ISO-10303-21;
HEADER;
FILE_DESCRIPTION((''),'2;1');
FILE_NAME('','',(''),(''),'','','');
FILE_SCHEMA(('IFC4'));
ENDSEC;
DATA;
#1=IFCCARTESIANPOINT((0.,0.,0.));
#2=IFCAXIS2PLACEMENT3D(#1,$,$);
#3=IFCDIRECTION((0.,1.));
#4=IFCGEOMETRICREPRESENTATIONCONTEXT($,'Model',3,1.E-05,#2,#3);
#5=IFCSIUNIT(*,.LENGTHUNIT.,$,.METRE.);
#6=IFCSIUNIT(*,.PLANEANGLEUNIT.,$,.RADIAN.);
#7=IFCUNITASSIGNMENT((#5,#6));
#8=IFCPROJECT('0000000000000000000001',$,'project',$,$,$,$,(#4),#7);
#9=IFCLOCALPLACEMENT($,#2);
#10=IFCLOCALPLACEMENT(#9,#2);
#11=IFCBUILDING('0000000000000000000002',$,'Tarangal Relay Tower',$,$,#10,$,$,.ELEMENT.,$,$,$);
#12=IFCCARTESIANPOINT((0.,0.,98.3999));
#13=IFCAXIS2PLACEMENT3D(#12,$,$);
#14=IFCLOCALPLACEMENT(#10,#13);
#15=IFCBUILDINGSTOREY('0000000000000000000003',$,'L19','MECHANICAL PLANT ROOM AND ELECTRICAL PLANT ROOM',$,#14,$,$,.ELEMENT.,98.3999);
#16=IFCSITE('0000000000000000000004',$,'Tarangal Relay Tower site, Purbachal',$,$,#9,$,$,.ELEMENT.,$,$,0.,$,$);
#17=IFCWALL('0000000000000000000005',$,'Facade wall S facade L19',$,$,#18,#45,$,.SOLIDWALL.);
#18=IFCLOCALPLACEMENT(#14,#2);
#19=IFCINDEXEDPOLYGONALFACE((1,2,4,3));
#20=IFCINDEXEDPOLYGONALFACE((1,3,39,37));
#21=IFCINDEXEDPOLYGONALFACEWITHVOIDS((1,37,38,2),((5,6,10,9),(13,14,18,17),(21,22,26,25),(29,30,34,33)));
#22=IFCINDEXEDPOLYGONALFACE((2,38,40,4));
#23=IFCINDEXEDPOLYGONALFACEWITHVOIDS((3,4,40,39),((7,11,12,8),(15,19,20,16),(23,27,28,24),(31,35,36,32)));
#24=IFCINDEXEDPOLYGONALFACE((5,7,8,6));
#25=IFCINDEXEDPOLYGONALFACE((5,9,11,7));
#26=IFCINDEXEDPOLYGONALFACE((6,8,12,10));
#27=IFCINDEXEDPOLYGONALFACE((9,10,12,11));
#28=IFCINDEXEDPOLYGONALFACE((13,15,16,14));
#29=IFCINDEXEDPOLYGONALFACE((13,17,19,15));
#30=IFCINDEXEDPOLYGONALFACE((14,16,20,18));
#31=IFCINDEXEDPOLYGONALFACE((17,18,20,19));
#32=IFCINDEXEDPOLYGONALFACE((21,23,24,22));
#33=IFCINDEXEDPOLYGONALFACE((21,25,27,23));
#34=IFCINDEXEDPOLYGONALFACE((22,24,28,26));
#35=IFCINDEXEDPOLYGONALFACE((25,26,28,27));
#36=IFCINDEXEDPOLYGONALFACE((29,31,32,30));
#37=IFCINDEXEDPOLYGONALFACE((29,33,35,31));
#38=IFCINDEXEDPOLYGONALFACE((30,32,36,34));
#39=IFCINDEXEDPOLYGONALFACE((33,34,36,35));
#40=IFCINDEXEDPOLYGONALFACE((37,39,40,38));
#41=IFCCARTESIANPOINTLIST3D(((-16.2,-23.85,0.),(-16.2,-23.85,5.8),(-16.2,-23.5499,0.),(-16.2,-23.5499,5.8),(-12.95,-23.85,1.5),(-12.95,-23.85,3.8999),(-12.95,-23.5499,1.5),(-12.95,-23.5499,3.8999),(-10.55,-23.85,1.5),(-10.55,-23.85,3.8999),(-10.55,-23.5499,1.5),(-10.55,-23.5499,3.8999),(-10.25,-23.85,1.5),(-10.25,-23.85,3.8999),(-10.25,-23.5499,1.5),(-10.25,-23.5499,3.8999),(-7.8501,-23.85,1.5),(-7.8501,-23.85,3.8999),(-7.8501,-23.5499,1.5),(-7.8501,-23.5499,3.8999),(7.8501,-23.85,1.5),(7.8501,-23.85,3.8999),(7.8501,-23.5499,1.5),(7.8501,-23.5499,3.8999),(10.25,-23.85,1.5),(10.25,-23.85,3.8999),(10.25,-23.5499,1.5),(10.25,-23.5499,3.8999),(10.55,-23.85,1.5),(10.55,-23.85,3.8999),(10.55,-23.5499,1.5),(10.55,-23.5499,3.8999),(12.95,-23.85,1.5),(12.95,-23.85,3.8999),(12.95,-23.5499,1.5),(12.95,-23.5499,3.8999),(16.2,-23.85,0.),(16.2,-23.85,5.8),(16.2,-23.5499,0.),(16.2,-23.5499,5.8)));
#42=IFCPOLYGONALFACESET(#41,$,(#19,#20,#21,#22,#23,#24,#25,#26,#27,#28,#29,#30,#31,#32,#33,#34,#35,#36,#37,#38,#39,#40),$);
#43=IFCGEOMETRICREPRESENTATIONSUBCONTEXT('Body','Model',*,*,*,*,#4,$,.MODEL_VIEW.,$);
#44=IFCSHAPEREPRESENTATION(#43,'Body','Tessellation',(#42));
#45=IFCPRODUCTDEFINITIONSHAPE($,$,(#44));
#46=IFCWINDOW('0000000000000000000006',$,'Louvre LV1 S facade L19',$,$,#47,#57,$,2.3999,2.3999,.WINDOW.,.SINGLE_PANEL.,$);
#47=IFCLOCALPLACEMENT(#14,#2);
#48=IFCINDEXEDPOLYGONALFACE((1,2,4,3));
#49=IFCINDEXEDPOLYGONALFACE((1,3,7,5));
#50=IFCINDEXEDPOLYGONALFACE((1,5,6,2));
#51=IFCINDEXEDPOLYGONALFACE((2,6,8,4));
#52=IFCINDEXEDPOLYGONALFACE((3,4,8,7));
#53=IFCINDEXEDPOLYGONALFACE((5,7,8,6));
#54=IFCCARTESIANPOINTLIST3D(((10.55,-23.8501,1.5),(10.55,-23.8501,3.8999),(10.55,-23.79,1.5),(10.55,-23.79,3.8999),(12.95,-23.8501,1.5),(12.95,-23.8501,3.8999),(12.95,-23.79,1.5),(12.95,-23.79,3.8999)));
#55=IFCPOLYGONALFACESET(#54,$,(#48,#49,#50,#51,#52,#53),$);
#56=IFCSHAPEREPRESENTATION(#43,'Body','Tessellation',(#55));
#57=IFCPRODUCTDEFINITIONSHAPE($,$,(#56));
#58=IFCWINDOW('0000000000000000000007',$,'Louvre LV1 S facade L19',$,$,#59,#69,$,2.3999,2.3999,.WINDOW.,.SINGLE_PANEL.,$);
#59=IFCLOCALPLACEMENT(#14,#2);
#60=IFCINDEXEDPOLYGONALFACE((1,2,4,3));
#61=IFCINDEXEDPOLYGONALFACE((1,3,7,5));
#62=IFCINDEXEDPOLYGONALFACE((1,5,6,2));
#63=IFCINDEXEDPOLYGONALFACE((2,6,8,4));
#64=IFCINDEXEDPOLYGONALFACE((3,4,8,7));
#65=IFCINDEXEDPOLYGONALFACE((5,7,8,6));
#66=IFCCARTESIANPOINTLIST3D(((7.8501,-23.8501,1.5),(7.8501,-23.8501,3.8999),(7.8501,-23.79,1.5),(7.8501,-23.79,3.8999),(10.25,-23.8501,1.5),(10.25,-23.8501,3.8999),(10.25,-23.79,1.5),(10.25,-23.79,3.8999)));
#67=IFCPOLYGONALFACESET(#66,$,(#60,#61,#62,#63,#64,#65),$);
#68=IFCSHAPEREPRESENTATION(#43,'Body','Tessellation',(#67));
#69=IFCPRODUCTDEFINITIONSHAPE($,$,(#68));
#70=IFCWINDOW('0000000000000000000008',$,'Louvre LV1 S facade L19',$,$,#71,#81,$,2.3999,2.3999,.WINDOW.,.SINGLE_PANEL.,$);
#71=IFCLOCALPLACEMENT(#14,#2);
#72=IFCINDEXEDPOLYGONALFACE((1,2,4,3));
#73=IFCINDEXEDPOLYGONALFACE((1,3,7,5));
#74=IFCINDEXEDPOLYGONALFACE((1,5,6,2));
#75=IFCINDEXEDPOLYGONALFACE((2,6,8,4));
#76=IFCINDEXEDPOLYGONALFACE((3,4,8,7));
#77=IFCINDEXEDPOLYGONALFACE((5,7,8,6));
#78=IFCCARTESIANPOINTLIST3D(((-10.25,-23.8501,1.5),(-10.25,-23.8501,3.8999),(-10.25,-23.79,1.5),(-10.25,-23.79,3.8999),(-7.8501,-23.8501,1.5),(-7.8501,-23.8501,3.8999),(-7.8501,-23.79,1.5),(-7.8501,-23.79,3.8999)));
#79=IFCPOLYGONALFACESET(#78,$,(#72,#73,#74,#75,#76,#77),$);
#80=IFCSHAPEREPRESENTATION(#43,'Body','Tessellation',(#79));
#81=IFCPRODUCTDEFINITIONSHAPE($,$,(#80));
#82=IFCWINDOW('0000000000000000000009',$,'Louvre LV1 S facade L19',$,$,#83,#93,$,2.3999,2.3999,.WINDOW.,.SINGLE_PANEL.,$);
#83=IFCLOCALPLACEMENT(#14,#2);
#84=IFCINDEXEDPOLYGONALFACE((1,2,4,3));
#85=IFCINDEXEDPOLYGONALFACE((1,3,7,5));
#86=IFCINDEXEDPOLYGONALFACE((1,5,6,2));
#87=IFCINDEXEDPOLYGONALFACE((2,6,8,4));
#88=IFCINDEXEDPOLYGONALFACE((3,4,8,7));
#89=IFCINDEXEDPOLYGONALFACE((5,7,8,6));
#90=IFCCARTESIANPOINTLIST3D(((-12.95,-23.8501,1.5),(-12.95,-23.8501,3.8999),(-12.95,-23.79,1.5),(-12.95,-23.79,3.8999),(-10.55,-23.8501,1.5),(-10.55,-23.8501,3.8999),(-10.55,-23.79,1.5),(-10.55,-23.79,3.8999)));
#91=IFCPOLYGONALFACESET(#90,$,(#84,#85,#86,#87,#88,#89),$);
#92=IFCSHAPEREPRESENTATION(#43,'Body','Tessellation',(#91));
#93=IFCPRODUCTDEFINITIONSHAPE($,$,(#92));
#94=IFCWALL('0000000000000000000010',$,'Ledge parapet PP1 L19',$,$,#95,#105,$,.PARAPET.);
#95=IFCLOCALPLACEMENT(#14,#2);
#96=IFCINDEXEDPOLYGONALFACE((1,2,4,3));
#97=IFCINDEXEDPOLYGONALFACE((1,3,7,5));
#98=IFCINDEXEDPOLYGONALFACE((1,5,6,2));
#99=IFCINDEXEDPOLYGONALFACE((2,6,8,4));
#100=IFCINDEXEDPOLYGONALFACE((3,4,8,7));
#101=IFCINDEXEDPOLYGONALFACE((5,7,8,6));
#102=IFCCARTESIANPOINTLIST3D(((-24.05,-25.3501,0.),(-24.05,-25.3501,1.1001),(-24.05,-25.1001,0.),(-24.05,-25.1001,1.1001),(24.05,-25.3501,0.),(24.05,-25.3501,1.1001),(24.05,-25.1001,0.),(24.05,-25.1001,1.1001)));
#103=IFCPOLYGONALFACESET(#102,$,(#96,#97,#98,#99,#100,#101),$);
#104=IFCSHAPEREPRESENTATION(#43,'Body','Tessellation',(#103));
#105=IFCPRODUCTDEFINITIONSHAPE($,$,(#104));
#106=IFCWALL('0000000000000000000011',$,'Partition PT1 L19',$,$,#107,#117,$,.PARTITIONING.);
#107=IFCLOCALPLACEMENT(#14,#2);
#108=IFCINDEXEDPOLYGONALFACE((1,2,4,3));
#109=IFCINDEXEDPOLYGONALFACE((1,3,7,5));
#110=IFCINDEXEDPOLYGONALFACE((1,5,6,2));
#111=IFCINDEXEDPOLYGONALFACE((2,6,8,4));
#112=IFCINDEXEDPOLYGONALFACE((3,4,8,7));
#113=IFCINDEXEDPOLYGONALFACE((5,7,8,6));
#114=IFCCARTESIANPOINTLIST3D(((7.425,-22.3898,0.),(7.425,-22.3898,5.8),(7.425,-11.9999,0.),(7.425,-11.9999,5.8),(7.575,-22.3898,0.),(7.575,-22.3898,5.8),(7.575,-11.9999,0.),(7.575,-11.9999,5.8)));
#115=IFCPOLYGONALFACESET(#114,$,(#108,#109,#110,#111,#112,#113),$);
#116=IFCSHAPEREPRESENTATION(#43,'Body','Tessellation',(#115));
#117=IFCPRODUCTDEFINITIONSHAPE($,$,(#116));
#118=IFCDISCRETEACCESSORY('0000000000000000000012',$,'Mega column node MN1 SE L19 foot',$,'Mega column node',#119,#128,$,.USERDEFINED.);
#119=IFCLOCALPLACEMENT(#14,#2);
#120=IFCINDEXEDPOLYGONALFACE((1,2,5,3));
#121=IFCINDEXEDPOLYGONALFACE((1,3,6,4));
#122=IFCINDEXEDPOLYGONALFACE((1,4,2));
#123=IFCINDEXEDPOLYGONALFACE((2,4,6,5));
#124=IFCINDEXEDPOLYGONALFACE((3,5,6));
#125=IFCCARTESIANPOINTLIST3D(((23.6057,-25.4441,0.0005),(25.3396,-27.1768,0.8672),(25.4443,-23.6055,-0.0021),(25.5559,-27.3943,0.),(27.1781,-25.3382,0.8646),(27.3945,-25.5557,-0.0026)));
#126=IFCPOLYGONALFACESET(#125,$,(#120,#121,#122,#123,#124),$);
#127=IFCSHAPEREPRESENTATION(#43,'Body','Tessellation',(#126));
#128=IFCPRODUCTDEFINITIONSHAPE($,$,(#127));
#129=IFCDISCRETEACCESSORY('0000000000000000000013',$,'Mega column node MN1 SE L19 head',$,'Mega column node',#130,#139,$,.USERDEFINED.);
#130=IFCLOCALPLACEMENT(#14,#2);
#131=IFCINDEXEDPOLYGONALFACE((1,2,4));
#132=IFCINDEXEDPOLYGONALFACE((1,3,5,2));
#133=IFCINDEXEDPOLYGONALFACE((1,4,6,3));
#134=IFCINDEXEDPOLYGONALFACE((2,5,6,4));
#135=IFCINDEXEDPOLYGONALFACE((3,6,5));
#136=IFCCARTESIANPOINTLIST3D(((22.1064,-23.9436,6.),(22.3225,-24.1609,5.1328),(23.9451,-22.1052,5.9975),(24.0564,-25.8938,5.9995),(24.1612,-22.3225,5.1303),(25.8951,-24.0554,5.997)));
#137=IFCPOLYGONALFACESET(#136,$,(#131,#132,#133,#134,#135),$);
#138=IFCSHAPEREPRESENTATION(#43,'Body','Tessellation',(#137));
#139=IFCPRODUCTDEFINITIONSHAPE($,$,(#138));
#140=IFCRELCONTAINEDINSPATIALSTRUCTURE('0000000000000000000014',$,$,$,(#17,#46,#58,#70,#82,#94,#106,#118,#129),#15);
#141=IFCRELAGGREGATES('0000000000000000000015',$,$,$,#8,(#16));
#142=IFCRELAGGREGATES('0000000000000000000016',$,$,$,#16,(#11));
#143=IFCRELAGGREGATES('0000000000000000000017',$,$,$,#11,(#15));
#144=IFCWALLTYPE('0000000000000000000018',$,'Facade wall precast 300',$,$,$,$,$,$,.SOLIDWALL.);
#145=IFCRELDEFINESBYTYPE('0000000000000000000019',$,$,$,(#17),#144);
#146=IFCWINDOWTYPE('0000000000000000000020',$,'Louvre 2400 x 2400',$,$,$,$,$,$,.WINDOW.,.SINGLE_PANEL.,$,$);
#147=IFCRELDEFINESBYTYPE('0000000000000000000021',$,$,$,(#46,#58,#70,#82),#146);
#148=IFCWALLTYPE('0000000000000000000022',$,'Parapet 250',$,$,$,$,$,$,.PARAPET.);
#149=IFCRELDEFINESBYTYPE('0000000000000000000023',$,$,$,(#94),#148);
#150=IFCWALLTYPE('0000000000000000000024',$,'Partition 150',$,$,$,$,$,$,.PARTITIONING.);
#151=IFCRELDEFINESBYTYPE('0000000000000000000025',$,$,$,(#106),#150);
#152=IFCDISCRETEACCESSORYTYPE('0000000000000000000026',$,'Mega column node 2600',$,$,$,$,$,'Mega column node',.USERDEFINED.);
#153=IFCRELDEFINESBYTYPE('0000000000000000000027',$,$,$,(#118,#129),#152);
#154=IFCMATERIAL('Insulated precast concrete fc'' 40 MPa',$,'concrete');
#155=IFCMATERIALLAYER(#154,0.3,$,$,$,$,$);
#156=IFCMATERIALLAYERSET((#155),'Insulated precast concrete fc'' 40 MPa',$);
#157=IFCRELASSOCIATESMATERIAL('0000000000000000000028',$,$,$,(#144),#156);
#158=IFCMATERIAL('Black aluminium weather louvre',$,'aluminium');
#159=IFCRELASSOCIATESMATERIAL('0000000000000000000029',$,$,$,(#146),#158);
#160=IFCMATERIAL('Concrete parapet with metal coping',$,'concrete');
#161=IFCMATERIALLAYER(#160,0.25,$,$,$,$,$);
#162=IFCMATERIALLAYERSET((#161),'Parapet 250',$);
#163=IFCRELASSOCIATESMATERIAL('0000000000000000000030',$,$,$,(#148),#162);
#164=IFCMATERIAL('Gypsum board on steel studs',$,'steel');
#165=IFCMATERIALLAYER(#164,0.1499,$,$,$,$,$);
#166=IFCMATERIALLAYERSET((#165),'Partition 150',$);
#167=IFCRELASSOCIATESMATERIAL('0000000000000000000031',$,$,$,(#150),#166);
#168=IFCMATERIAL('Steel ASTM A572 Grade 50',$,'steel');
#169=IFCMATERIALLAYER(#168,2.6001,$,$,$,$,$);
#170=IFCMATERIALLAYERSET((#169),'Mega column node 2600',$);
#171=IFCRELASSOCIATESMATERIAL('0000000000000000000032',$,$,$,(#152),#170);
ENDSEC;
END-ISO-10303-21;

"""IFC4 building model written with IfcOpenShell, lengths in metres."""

from ifc_helpers import new_model, si_unit, direction, frame, frame_2d, origin, place, context, subcontext, project, spatial, polyline, rectangle, outline, extrude, material, layer, layer_set, type_object, element, fill, save


model = new_model("IFC4")

# Units and contexts
model_context = context("Model", 3, precision=1e-05, world=origin(), true_north=direction((0.0, 1.0)))
body_context = subcontext(model_context, "Body", "Model", "MODEL_VIEW")
ifc_project = project(units=[si_unit("LENGTHUNIT", "METRE"), si_unit("PLANEANGLEUNIT", "RADIAN")], contexts=[model_context])

# Site, building, storey
site_placement = place(None, origin())
site = spatial("IfcSite", under=ifc_project, at=site_placement, Name="Tarangal Relay Tower site, Purbachal", CompositionType="ELEMENT", RefElevation=0.0)
building_placement = place(site_placement, origin())
building = spatial("IfcBuilding", under=site, at=building_placement, Name="Tarangal Relay Tower", CompositionType="ELEMENT")
storey_placement = place(building_placement, frame((0.0, 0.0, 98.3999)))
storey = spatial("IfcBuildingStorey", under=building, at=storey_placement, Name="L19", Description="MECHANICAL PLANT ROOM AND ELECTRICAL PLANT ROOM", CompositionType="ELEMENT", Elevation=98.3999)

# Shared definitions
ifc_material_1 = material(Name="Steel ASTM A572 Grade 50", Category="steel")

# Shared definitions
ifc_material_2 = material(Name="Insulated precast concrete fc' 40 MPa", Category="concrete")
ifc_layer_1 = layer(ifc_material_2, 0.3)
ifc_layer_set_1 = layer_set([ifc_layer_1], Name="Insulated precast concrete fc' 40 MPa")
wall_type_1 = type_object("IfcWallType", Name="Facade wall precast 300", PredefinedType="SOLIDWALL", material=ifc_layer_set_1)

# Wall, openings, windows
wall_1_placement = place(storey_placement, frame((16.2, -23.7, 0.0), z_axis=(0.0, 0.0, 1.0), x_axis=(-1.0, 0.0, 0.0)))
wall_1 = element("IfcWall", 1, at=wall_1_placement, inside=storey, type_object=wall_type_1, Name="Facade wall S facade L19", PredefinedType="SOLIDWALL", context=body_context, shape_type="SweptSolid", body=[
    extrude(rectangle(XDim=32.3999, YDim=0.3, at=frame_2d((16.2, 0.0))), origin(), (0.0, 0.0, 1.0), 5.8),
])
opening_1_placement = place(wall_1_placement, frame((3.25, 0.0, 1.5)))
opening_1 = element("IfcOpeningElement", 2, at=opening_1_placement, cuts=wall_1, PredefinedType="OPENING", context=body_context, shape_type="SweptSolid", body=[
    extrude(rectangle(XDim=2.3999, YDim=2.3999, at=frame_2d((1.2, 1.2))), frame((0.0, 0.1599, 0.0), z_axis=(0.0, -1.0, 0.0), x_axis=(1.0, 0.0, 0.0)), (0.0, 0.0, 1.0), 0.3201),
])
opening_2_placement = place(wall_1_placement, frame((5.95, 0.0, 1.5)))
opening_2 = element("IfcOpeningElement", 3, at=opening_2_placement, cuts=wall_1, PredefinedType="OPENING", context=body_context, shape_type="SweptSolid", body=[
    extrude(rectangle(XDim=2.3999, YDim=2.3999, at=frame_2d((1.2, 1.2))), frame((0.0, 0.1599, 0.0), z_axis=(0.0, -1.0, 0.0), x_axis=(1.0, 0.0, 0.0)), (0.0, 0.0, 1.0), 0.3201),
])
opening_3_placement = place(wall_1_placement, frame((24.05, 0.0, 1.5)))
opening_3 = element("IfcOpeningElement", 4, at=opening_3_placement, cuts=wall_1, PredefinedType="OPENING", context=body_context, shape_type="SweptSolid", body=[
    extrude(rectangle(XDim=2.3999, YDim=2.3999, at=frame_2d((1.2, 1.2))), frame((0.0, 0.1599, 0.0), z_axis=(0.0, -1.0, 0.0), x_axis=(1.0, 0.0, 0.0)), (0.0, 0.0, 1.0), 0.3201),
])
opening_4_placement = place(wall_1_placement, frame((26.75, 0.0, 1.5)))
opening_4 = element("IfcOpeningElement", 5, at=opening_4_placement, cuts=wall_1, PredefinedType="OPENING", context=body_context, shape_type="SweptSolid", body=[
    extrude(rectangle(XDim=2.3999, YDim=2.3999, at=frame_2d((1.2, 1.2))), frame((0.0, 0.1599, 0.0), z_axis=(0.0, -1.0, 0.0), x_axis=(1.0, 0.0, 0.0)), (0.0, 0.0, 1.0), 0.3201),
])
ifc_material_3 = material(Name="Black aluminium weather louvre", Category="aluminium")
window_type = type_object("IfcWindowType", Name="Louvre 2400 x 2400", PartitioningType="SINGLE_PANEL", PredefinedType="WINDOW", material=ifc_material_3)
window_1_placement = place(opening_1_placement, origin())
window_1 = element("IfcWindow", 6, at=window_1_placement, inside=storey, type_object=window_type, Name="Louvre LV1 S facade L19", OverallHeight=2.3999, OverallWidth=2.3999, PartitioningType="SINGLE_PANEL", PredefinedType="WINDOW", context=body_context, shape_type="SweptSolid", body=[
    extrude(rectangle(XDim=2.3999, YDim=2.3999, at=frame_2d((1.2, 1.2))), frame((0.0, 0.1501, 0.0), z_axis=(0.0, -1.0, 0.0), x_axis=(1.0, 0.0, 0.0)), (0.0, 0.0, 1.0), 0.0601),
])
fill(opening_1, window_1)
window_2_placement = place(opening_2_placement, origin())
window_2 = element("IfcWindow", 7, at=window_2_placement, inside=storey, type_object=window_type, Name="Louvre LV1 S facade L19", OverallHeight=2.3999, OverallWidth=2.3999, PartitioningType="SINGLE_PANEL", PredefinedType="WINDOW", context=body_context, shape_type="SweptSolid", body=[
    extrude(rectangle(XDim=2.3999, YDim=2.3999, at=frame_2d((1.2, 1.2))), frame((0.0, 0.1501, 0.0), z_axis=(0.0, -1.0, 0.0), x_axis=(1.0, 0.0, 0.0)), (0.0, 0.0, 1.0), 0.0601),
])
fill(opening_2, window_2)
window_3_placement = place(opening_3_placement, origin())
window_3 = element("IfcWindow", 8, at=window_3_placement, inside=storey, type_object=window_type, Name="Louvre LV1 S facade L19", OverallHeight=2.3999, OverallWidth=2.3999, PartitioningType="SINGLE_PANEL", PredefinedType="WINDOW", context=body_context, shape_type="SweptSolid", body=[
    extrude(rectangle(XDim=2.3999, YDim=2.3999, at=frame_2d((1.2, 1.2))), frame((0.0, 0.1501, 0.0), z_axis=(0.0, -1.0, 0.0), x_axis=(1.0, 0.0, 0.0)), (0.0, 0.0, 1.0), 0.0601),
])
fill(opening_3, window_3)
window_4_placement = place(opening_4_placement, origin())
window_4 = element("IfcWindow", 9, at=window_4_placement, inside=storey, type_object=window_type, Name="Louvre LV1 S facade L19", OverallHeight=2.3999, OverallWidth=2.3999, PartitioningType="SINGLE_PANEL", PredefinedType="WINDOW", context=body_context, shape_type="SweptSolid", body=[
    extrude(rectangle(XDim=2.3999, YDim=2.3999, at=frame_2d((1.2, 1.2))), frame((0.0, 0.1501, 0.0), z_axis=(0.0, -1.0, 0.0), x_axis=(1.0, 0.0, 0.0)), (0.0, 0.0, 1.0), 0.0601),
])
fill(opening_4, window_4)

# Walls
ifc_material_4 = material(Name="Concrete parapet with metal coping", Category="concrete")
ifc_layer_2 = layer(ifc_material_4, 0.25)
ifc_layer_set_2 = layer_set([ifc_layer_2], Name="Parapet 250")
wall_type_2 = type_object("IfcWallType", Name="Parapet 250", PredefinedType="PARAPET", material=ifc_layer_set_2)
wall_2_placement = place(storey_placement, frame((24.05, -25.2251, 0.0), z_axis=(0.0, 0.0, 1.0), x_axis=(-1.0, 0.0, 0.0)))
element("IfcWall", 10, at=wall_2_placement, inside=storey, type_object=wall_type_2, Name="Ledge parapet PP1 L19", PredefinedType="PARAPET", context=body_context, shape_type="SweptSolid", body=[
    extrude(rectangle(XDim=48.1001, YDim=0.25, at=frame_2d((24.05, 0.0))), origin(), (0.0, 0.0, 1.0), 1.1001),
])
ifc_material_5 = material(Name="Gypsum board on steel studs", Category="steel")
ifc_layer_3 = layer(ifc_material_5, 0.1499)
ifc_layer_set_3 = layer_set([ifc_layer_3], Name="Partition 150")
wall_type_3 = type_object("IfcWallType", Name="Partition 150", PredefinedType="PARTITIONING", material=ifc_layer_set_3)
wall_3_placement = place(storey_placement, frame((7.5, -12.0, 0.0), z_axis=(0.0, 0.0, 1.0), x_axis=(0.0, -1.0, 0.0)))
element("IfcWall", 11, at=wall_3_placement, inside=storey, type_object=wall_type_3, Name="Partition PT1 L19", PredefinedType="PARTITIONING", context=body_context, shape_type="SweptSolid", body=[
    extrude(rectangle(XDim=10.3899, YDim=0.1499, at=frame_2d((5.1948, 0.0))), origin(), (0.0, 0.0, 1.0), 5.8),
])

# Discrete accessories
ifc_layer_4 = layer(ifc_material_1, 2.6001)
ifc_layer_set_4 = layer_set([ifc_layer_4], Name="Mega column node 2600")
discrete_accessory_type = type_object("IfcDiscreteAccessoryType", Name="Mega column node 2600", ElementType="Mega column node", PredefinedType="USERDEFINED", material=ifc_layer_set_4)
discrete_accessory_1_placement = place(storey_placement, frame((23.6057, -25.4441, 0.0005), z_axis=(-0.707106, -0.707107, 0.000995), x_axis=(0.666896, -0.666427, 0.333354)))
element("IfcDiscreteAccessory", 12, at=discrete_accessory_1_placement, inside=storey, type_object=discrete_accessory_type, Name="Mega column node MN1 SE L19 foot", ObjectType="Mega column node", PredefinedType="USERDEFINED", context=body_context, shape_type="SweptSolid", body=[
    extrude(outline(polyline([(0.0, 0.0), (2.5999, 0.0), (2.6001, -0.9198), (0.0, 0.0)])), origin(), (0.0, 0.0, -1.0), 2.6001),
])
discrete_accessory_2_placement = place(storey_placement, frame((24.0564, -25.8938, 5.9995), z_axis=(-0.707151, -0.707062, 0.000973), x_axis=(-0.666854, 0.666479, -0.333333)))
element("IfcDiscreteAccessory", 13, at=discrete_accessory_2_placement, inside=storey, type_object=discrete_accessory_type, Name="Mega column node MN1 SE L19 head", ObjectType="Mega column node", PredefinedType="USERDEFINED", context=body_context, shape_type="SweptSolid", body=[
    extrude(outline(polyline([(0.0, 0.0), (2.6001, 0.0), (2.5999, -0.9197), (0.0, 0.0)])), origin(), (0.0, 0.0, -1.0), 2.6001),
])

save(model, "model.ifc")
